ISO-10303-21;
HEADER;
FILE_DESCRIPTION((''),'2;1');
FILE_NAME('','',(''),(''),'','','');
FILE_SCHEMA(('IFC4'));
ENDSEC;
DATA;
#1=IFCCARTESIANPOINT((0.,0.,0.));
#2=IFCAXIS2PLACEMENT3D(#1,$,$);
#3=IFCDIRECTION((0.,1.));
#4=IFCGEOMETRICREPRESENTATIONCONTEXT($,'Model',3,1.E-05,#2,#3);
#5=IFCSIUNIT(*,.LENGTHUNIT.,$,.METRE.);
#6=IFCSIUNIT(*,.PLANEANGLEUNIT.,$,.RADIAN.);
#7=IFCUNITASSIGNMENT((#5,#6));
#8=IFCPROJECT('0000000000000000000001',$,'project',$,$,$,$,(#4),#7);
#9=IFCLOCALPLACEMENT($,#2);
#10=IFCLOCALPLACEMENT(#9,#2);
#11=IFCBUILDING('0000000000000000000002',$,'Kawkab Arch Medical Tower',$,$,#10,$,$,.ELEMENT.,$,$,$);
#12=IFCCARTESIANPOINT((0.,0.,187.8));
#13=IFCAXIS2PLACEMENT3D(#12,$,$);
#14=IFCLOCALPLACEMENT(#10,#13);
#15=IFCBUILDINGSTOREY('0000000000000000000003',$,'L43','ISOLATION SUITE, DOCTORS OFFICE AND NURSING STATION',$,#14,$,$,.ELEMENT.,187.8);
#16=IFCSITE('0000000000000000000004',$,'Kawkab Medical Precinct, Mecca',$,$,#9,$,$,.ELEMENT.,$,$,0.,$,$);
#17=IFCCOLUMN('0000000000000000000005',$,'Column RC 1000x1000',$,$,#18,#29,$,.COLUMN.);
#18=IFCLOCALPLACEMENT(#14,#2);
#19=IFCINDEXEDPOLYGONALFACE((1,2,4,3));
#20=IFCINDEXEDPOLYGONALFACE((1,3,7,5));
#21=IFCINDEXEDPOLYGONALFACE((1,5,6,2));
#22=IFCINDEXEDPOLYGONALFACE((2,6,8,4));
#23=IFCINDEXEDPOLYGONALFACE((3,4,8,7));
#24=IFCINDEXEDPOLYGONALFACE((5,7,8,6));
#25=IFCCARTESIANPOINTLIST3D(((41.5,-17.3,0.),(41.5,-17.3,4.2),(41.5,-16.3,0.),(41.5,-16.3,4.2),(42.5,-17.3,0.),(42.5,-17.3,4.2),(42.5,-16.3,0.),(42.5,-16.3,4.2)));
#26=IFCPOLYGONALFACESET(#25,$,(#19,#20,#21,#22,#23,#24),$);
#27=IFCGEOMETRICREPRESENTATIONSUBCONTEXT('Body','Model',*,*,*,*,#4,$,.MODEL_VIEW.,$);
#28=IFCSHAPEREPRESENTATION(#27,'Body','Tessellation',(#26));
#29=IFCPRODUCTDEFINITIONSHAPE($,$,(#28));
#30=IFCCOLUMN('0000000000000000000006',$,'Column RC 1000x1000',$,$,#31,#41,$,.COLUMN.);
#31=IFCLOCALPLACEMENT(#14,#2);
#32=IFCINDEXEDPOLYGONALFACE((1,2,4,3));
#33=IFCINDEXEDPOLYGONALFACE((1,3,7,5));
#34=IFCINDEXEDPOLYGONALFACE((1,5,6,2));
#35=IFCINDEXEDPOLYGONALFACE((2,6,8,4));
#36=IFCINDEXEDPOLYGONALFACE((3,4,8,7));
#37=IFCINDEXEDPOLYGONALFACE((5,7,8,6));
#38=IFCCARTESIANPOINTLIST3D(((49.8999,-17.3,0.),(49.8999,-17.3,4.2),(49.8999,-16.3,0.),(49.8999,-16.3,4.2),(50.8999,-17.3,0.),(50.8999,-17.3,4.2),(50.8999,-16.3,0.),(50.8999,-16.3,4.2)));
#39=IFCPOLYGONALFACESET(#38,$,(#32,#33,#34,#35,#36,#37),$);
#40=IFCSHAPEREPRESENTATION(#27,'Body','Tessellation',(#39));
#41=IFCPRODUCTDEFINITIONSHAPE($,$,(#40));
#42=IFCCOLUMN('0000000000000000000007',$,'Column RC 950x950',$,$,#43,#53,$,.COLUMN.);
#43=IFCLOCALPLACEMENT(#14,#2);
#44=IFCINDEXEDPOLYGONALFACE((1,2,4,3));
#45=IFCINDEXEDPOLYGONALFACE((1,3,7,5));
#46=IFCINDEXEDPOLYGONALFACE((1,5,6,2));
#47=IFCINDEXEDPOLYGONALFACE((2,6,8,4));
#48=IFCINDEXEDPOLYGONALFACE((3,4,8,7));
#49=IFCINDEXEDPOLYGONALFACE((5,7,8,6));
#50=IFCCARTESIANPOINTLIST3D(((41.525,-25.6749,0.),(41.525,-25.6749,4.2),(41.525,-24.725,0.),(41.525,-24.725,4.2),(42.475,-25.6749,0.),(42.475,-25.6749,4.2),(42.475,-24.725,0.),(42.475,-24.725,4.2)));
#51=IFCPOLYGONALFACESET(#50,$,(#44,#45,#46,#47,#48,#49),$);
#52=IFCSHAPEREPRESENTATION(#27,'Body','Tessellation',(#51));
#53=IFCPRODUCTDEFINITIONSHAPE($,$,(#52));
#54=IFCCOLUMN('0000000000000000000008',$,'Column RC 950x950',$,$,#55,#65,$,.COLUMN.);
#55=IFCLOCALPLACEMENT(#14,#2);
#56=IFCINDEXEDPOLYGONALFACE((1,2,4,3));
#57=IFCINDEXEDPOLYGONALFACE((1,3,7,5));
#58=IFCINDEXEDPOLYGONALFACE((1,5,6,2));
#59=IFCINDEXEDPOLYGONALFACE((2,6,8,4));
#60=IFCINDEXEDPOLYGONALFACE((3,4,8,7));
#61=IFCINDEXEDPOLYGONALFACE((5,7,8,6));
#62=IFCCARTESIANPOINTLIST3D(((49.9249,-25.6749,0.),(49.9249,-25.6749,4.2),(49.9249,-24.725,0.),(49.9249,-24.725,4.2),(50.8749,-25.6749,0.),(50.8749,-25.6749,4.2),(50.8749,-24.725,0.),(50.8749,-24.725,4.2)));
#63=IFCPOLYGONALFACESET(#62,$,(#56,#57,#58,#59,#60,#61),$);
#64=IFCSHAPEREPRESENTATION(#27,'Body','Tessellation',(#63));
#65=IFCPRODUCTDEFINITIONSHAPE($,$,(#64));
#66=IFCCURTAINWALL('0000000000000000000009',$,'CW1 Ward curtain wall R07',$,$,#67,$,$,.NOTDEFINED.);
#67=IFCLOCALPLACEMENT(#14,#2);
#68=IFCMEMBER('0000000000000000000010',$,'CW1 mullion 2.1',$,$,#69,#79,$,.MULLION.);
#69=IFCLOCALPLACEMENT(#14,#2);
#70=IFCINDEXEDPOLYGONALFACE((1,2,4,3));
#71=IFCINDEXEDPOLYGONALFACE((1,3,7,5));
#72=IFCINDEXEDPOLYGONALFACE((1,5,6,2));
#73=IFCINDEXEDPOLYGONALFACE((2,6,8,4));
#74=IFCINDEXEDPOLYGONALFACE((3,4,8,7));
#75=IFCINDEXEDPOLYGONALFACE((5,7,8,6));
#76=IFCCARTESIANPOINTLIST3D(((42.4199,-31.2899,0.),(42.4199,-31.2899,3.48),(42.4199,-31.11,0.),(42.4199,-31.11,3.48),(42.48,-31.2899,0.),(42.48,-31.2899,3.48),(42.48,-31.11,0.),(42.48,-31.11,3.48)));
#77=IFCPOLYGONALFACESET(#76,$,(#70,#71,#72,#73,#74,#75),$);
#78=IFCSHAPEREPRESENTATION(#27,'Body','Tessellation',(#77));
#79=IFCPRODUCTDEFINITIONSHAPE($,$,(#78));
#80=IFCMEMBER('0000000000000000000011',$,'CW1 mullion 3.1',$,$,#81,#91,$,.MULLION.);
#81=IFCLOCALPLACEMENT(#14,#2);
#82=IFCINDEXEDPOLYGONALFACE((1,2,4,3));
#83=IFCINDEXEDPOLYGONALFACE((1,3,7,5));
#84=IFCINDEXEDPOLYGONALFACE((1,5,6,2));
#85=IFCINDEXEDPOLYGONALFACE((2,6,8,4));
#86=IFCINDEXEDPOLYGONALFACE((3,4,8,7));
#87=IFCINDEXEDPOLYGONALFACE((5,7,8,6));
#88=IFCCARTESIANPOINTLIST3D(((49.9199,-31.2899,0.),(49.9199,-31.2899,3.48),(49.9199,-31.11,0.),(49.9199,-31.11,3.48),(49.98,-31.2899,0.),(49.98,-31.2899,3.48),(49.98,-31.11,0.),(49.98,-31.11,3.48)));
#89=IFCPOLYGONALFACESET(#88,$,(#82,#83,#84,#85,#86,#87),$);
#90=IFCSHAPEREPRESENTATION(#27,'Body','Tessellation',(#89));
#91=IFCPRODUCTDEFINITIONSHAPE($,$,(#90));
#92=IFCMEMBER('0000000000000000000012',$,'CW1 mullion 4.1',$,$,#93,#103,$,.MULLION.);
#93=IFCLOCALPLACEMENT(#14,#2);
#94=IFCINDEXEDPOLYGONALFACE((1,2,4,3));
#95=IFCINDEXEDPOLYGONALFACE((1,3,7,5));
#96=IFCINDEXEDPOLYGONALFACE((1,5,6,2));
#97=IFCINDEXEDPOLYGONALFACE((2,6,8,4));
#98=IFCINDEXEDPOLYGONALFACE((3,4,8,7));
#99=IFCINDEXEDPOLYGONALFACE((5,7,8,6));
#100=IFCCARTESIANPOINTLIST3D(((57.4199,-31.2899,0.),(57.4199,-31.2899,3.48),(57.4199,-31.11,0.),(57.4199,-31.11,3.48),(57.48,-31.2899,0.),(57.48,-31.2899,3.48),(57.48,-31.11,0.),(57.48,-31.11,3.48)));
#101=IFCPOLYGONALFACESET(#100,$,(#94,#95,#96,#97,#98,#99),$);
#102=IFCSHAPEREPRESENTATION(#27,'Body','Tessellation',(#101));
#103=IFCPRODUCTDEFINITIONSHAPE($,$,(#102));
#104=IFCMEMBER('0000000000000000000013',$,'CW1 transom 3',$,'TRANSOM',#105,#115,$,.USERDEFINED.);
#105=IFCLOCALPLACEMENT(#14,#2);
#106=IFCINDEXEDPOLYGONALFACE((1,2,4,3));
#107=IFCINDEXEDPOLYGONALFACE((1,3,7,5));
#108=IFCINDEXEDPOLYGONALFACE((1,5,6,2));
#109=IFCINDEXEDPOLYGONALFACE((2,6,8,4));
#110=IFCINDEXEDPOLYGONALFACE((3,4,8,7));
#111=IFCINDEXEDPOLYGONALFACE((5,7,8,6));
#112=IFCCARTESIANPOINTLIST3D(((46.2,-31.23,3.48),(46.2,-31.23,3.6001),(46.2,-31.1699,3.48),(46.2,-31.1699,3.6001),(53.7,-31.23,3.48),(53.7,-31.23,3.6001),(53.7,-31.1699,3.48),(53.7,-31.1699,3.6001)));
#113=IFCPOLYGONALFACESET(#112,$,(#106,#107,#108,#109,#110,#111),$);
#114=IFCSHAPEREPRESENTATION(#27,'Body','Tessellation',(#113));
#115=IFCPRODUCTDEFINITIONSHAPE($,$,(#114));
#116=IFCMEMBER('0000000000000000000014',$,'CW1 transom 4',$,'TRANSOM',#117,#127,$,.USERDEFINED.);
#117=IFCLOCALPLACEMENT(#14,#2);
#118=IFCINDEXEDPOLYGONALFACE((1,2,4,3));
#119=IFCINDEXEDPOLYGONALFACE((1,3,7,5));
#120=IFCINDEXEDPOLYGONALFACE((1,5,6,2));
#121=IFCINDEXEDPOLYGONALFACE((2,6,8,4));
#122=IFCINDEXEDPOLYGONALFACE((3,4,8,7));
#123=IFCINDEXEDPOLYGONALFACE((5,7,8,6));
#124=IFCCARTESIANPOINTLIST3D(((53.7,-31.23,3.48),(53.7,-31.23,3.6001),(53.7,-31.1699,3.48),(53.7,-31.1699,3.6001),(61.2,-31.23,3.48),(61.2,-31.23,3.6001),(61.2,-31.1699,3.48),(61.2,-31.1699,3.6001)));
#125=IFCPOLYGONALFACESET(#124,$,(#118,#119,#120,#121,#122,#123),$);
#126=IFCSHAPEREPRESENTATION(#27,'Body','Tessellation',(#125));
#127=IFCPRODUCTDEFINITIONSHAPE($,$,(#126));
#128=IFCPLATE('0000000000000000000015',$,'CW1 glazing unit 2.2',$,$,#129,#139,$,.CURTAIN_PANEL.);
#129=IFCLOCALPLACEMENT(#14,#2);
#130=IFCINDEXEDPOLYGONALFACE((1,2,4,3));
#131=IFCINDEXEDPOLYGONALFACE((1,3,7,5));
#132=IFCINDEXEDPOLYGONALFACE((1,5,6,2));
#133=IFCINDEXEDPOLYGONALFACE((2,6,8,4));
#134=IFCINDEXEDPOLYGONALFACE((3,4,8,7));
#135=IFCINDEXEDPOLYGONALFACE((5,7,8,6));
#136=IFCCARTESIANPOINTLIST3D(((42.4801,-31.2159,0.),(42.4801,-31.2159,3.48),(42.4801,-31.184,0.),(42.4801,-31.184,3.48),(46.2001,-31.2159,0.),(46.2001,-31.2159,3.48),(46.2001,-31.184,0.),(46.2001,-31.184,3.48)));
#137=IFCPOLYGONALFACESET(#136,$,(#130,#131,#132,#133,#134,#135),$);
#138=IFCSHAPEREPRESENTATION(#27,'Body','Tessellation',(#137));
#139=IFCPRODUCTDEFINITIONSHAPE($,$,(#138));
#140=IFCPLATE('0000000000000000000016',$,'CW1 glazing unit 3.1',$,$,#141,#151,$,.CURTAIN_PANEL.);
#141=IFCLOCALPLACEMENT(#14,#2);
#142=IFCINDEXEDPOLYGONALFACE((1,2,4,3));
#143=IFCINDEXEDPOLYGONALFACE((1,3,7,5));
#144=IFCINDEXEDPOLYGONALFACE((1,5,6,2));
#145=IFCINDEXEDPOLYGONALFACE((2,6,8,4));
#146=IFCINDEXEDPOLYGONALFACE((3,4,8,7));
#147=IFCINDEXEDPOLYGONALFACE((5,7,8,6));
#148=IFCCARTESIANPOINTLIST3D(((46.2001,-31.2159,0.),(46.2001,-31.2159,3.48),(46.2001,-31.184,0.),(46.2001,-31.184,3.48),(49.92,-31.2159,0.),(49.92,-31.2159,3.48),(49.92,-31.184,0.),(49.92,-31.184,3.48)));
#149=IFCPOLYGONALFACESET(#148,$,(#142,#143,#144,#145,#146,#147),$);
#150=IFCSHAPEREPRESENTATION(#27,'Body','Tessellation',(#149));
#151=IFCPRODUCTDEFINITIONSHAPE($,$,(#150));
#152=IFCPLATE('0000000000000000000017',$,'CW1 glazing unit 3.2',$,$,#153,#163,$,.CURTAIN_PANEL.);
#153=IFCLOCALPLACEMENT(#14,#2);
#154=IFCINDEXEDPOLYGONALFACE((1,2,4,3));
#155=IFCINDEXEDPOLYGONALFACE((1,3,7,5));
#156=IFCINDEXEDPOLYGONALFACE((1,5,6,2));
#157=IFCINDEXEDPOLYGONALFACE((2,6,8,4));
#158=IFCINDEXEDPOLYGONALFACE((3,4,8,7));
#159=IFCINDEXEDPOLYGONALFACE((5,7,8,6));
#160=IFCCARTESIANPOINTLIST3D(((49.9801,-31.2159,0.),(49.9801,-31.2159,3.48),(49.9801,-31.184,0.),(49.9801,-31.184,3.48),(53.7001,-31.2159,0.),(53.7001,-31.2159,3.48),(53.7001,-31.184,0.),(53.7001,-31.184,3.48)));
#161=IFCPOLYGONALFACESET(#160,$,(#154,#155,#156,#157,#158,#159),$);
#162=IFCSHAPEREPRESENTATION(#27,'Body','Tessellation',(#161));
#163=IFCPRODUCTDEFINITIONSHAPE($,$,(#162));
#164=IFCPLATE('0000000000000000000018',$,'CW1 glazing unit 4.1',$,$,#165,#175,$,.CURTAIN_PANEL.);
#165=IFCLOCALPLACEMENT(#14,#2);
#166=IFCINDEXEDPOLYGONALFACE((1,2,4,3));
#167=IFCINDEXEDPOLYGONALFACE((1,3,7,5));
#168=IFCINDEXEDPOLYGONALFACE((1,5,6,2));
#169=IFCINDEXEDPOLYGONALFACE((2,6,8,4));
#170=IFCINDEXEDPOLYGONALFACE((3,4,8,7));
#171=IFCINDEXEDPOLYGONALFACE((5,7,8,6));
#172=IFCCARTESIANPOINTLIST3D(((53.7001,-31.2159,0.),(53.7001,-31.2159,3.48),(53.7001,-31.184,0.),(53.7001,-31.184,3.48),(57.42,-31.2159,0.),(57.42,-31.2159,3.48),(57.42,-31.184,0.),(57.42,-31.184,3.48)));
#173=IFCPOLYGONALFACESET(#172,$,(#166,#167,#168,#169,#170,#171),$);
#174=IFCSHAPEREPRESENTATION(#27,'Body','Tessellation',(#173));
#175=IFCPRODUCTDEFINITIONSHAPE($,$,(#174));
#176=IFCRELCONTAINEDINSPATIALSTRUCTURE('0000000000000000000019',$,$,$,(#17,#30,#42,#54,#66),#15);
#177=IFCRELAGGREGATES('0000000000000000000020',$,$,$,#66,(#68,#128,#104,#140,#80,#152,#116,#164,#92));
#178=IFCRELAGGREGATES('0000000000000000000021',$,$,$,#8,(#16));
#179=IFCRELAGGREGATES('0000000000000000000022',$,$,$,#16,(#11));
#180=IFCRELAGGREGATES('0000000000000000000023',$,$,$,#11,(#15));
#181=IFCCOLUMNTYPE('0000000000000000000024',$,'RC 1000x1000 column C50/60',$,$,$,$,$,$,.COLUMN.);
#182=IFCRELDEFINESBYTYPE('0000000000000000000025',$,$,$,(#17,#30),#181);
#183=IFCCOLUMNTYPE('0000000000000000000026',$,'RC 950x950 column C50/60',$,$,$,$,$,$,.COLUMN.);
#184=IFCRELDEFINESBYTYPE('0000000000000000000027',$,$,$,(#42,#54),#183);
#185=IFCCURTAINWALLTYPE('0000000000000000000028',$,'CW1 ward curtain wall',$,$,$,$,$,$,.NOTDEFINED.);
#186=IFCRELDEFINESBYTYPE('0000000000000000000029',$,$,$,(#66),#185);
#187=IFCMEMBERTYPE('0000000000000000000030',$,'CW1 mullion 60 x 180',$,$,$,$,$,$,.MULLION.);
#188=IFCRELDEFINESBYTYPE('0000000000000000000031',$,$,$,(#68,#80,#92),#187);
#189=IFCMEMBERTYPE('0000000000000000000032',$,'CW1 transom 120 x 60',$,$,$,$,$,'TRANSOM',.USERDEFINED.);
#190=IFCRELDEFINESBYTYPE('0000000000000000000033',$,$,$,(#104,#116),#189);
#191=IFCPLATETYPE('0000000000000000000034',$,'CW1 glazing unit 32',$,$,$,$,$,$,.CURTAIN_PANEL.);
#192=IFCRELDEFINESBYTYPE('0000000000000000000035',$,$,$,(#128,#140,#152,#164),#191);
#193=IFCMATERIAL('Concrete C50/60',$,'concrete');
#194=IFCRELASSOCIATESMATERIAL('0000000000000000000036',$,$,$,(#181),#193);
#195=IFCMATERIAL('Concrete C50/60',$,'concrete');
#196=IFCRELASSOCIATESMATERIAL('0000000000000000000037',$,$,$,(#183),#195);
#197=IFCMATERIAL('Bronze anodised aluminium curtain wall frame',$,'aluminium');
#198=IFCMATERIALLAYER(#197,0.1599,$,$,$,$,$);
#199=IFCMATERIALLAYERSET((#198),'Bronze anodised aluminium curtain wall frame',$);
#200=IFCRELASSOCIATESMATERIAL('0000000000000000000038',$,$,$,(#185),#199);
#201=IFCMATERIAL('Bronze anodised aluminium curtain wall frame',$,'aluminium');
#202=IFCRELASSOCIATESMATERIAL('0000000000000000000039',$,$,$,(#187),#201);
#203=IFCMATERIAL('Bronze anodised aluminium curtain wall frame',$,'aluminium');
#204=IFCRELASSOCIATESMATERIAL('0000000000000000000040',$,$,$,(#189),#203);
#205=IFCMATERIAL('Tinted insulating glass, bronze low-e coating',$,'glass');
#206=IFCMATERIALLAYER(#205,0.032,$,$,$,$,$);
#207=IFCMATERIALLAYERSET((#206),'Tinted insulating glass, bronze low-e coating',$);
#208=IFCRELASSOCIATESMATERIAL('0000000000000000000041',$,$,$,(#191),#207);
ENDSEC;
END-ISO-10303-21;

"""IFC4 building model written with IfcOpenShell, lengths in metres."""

from ifc_helpers import new_model, si_unit, direction, frame, origin, origin_2d, place, context, subcontext, project, spatial, rectangle, extrude, material, layer, layer_set, material_profile, profile_set, type_object, element, aggregate, save


model = new_model("IFC4")

# Units and contexts
model_context = context("Model", 3, precision=1e-05, world=origin(), true_north=direction((0.0, 1.0)))
body_context = subcontext(model_context, "Body", "Model", "MODEL_VIEW")
ifc_project = project(units=[si_unit("LENGTHUNIT", "METRE"), si_unit("PLANEANGLEUNIT", "RADIAN")], contexts=[model_context])

# Site, building, storey
site_placement = place(None, origin())
site = spatial("IfcSite", under=ifc_project, at=site_placement, Name="Kawkab Medical Precinct, Mecca", CompositionType="ELEMENT", RefElevation=0.0)
building_placement = place(site_placement, origin())
building = spatial("IfcBuilding", under=site, at=building_placement, Name="Kawkab Arch Medical Tower", CompositionType="ELEMENT")
storey_placement = place(building_placement, frame((0.0, 0.0, 187.8)))
storey = spatial("IfcBuildingStorey", under=building, at=storey_placement, Name="L43", Description="ISOLATION SUITE, DOCTORS OFFICE AND NURSING STATION", CompositionType="ELEMENT", Elevation=187.8)

# Columns
ifc_material_1 = material(Name="Concrete C50/60", Category="concrete")
ifc_material_profile_1 = material_profile(ifc_material_1, rectangle(XDim=1.0, YDim=1.0, at=origin_2d()), Name="RC 1000x1000")
ifc_profile_set_1 = profile_set([ifc_material_profile_1], Name="Concrete C50/60")
column_type_1 = type_object("IfcColumnType", Name="RC 1000x1000 column C50/60", PredefinedType="COLUMN", material=ifc_profile_set_1)
for number, where, z_axis, x_axis, name in (
    (1, (42.0, -16.8, 0.0), (0.0, 0.0, 1.0), (1.0, 0.0, 0.0), "Column RC 1000x1000"),
    (2, (50.3999, -16.8, 0.0), (0.0, 0.0, 1.0), (1.0, 0.0, 0.0), "Column RC 1000x1000"),
):
    element("IfcColumn", number, at=place(storey_placement, frame(where, z_axis=z_axis, x_axis=x_axis)), inside=storey, type_object=column_type_1, Name=name, PredefinedType="COLUMN", context=body_context, shape_type="SweptSolid", body=[
        extrude(rectangle(XDim=1.0, YDim=1.0, at=origin_2d()), origin(), (0.0, 0.0, 1.0), 4.2),
    ])
ifc_material_2 = material(Name="Concrete C50/60", Category="concrete")
ifc_material_profile_2 = material_profile(ifc_material_2, rectangle(XDim=0.95, YDim=0.95, at=origin_2d()), Name="RC 950x950")
ifc_profile_set_2 = profile_set([ifc_material_profile_2], Name="Concrete C50/60")
column_type_2 = type_object("IfcColumnType", Name="RC 950x950 column C50/60", PredefinedType="COLUMN", material=ifc_profile_set_2)
for number, where, z_axis, x_axis, name in (
    (3, (42.0, -25.2, 0.0), (0.0, 0.0, 1.0), (1.0, 0.0, 0.0), "Column RC 950x950"),
    (4, (50.3999, -25.2, 0.0), (0.0, 0.0, 1.0), (1.0, 0.0, 0.0), "Column RC 950x950"),
):
    element("IfcColumn", number, at=place(storey_placement, frame(where, z_axis=z_axis, x_axis=x_axis)), inside=storey, type_object=column_type_2, Name=name, PredefinedType="COLUMN", context=body_context, shape_type="SweptSolid", body=[
        extrude(rectangle(XDim=0.95, YDim=0.95, at=origin_2d()), origin(), (0.0, 0.0, 1.0), 4.2),
    ])

# Curtain wall, members, plates
ifc_material_3 = material(Name="Bronze anodised aluminium curtain wall frame", Category="aluminium")
ifc_layer_1 = layer(ifc_material_3, 0.1599)
ifc_layer_set_1 = layer_set([ifc_layer_1], Name="Bronze anodised aluminium curtain wall frame")
curtain_wall_type = type_object("IfcCurtainWallType", Name="CW1 ward curtain wall", PredefinedType="NOTDEFINED", material=ifc_layer_set_1)
curtain_wall_placement = place(storey_placement, origin())
curtain_wall = element("IfcCurtainWall", 5, at=curtain_wall_placement, inside=storey, type_object=curtain_wall_type, Name="CW1 Ward curtain wall R07", PredefinedType="NOTDEFINED")
ifc_material_4 = material(Name="Bronze anodised aluminium curtain wall frame", Category="aluminium")
ifc_material_profile_3 = material_profile(ifc_material_4, rectangle(XDim=0.1799, YDim=0.0601, at=origin_2d()), Name="AL 60x180")
ifc_profile_set_3 = profile_set([ifc_material_profile_3], Name="Bronze anodised aluminium curtain wall frame")
member_type_1 = type_object("IfcMemberType", Name="CW1 mullion 60 x 180", PredefinedType="MULLION", material=ifc_profile_set_3)
member_1_placement = place(storey_placement, frame((42.45, -31.2, 0.0), z_axis=(0.0, 0.0, 1.0), x_axis=(0.0, 1.0, 0.0)))
member_1 = element("IfcMember", 6, at=member_1_placement, type_object=member_type_1, Name="CW1 mullion 2.1", PredefinedType="MULLION", context=body_context, shape_type="SweptSolid", body=[
    extrude(rectangle(XDim=0.1799, YDim=0.0601, at=origin_2d()), origin(), (0.0, 0.0, 1.0), 3.48),
])
member_2_placement = place(storey_placement, frame((49.95, -31.2, 0.0), z_axis=(0.0, 0.0, 1.0), x_axis=(0.0, 1.0, 0.0)))
member_2 = element("IfcMember", 7, at=member_2_placement, type_object=member_type_1, Name="CW1 mullion 3.1", PredefinedType="MULLION", context=body_context, shape_type="SweptSolid", body=[
    extrude(rectangle(XDim=0.1799, YDim=0.0601, at=origin_2d()), origin(), (0.0, 0.0, 1.0), 3.48),
])
member_3_placement = place(storey_placement, frame((57.45, -31.2, 0.0), z_axis=(0.0, 0.0, 1.0), x_axis=(0.0, 1.0, 0.0)))
member_3 = element("IfcMember", 8, at=member_3_placement, type_object=member_type_1, Name="CW1 mullion 4.1", PredefinedType="MULLION", context=body_context, shape_type="SweptSolid", body=[
    extrude(rectangle(XDim=0.1799, YDim=0.0601, at=origin_2d()), origin(), (0.0, 0.0, 1.0), 3.48),
])
ifc_material_5 = material(Name="Bronze anodised aluminium curtain wall frame", Category="aluminium")
ifc_material_profile_4 = material_profile(ifc_material_5, rectangle(XDim=0.0601, YDim=0.1201, at=origin_2d()), Name="AL 60x120")
ifc_profile_set_4 = profile_set([ifc_material_profile_4], Name="Bronze anodised aluminium curtain wall frame")
member_type_2 = type_object("IfcMemberType", Name="CW1 transom 120 x 60", ElementType="TRANSOM", PredefinedType="USERDEFINED", material=ifc_profile_set_4)
member_4_placement = place(storey_placement, frame((46.2, -31.2, 3.54), z_axis=(1.0, 0.0, 0.0), x_axis=(0.0, 1.0, 0.0)))
member_4 = element("IfcMember", 9, at=member_4_placement, type_object=member_type_2, Name="CW1 transom 3", ObjectType="TRANSOM", PredefinedType="USERDEFINED", context=body_context, shape_type="SweptSolid", body=[
    extrude(rectangle(XDim=0.0601, YDim=0.1201, at=origin_2d()), origin(), (0.0, 0.0, 1.0), 7.5),
])
member_5_placement = place(storey_placement, frame((53.7, -31.2, 3.54), z_axis=(1.0, 0.0, 0.0), x_axis=(0.0, 1.0, 0.0)))
member_5 = element("IfcMember", 10, at=member_5_placement, type_object=member_type_2, Name="CW1 transom 4", ObjectType="TRANSOM", PredefinedType="USERDEFINED", context=body_context, shape_type="SweptSolid", body=[
    extrude(rectangle(XDim=0.0601, YDim=0.1201, at=origin_2d()), origin(), (0.0, 0.0, 1.0), 7.5),
])
ifc_material_6 = material(Name="Tinted insulating glass, bronze low-e coating", Category="glass")
ifc_layer_2 = layer(ifc_material_6, 0.032)
ifc_layer_set_2 = layer_set([ifc_layer_2], Name="Tinted insulating glass, bronze low-e coating")
plate_type = type_object("IfcPlateType", Name="CW1 glazing unit 32", PredefinedType="CURTAIN_PANEL", material=ifc_layer_set_2)
plate_1_placement = place(storey_placement, frame((44.3401, -31.2, 0.0), z_axis=(0.0, 0.0, 1.0), x_axis=(1.0, 0.0, 0.0)))
plate_1 = element("IfcPlate", 11, at=plate_1_placement, type_object=plate_type, Name="CW1 glazing unit 2.2", PredefinedType="CURTAIN_PANEL", context=body_context, shape_type="SweptSolid", body=[
    extrude(rectangle(XDim=3.72, YDim=0.032, at=origin_2d()), origin(), (0.0, 0.0, 1.0), 3.48),
])
plate_2_placement = place(storey_placement, frame((48.0601, -31.2, 0.0), z_axis=(0.0, 0.0, 1.0), x_axis=(1.0, 0.0, 0.0)))
plate_2 = element("IfcPlate", 12, at=plate_2_placement, type_object=plate_type, Name="CW1 glazing unit 3.1", PredefinedType="CURTAIN_PANEL", context=body_context, shape_type="SweptSolid", body=[
    extrude(rectangle(XDim=3.72, YDim=0.032, at=origin_2d()), origin(), (0.0, 0.0, 1.0), 3.48),
])
plate_3_placement = place(storey_placement, frame((51.8401, -31.2, 0.0), z_axis=(0.0, 0.0, 1.0), x_axis=(1.0, 0.0, 0.0)))
plate_3 = element("IfcPlate", 13, at=plate_3_placement, type_object=plate_type, Name="CW1 glazing unit 3.2", PredefinedType="CURTAIN_PANEL", context=body_context, shape_type="SweptSolid", body=[
    extrude(rectangle(XDim=3.72, YDim=0.032, at=origin_2d()), origin(), (0.0, 0.0, 1.0), 3.48),
])
plate_4_placement = place(storey_placement, frame((55.5601, -31.2, 0.0), z_axis=(0.0, 0.0, 1.0), x_axis=(1.0, 0.0, 0.0)))
plate_4 = element("IfcPlate", 14, at=plate_4_placement, type_object=plate_type, Name="CW1 glazing unit 4.1", PredefinedType="CURTAIN_PANEL", context=body_context, shape_type="SweptSolid", body=[
    extrude(rectangle(XDim=3.72, YDim=0.032, at=origin_2d()), origin(), (0.0, 0.0, 1.0), 3.48),
])
aggregate(curtain_wall, [member_1, plate_1, member_4, plate_2, member_2, plate_3, member_5, plate_4, member_3])

save(model, "model.ifc")
